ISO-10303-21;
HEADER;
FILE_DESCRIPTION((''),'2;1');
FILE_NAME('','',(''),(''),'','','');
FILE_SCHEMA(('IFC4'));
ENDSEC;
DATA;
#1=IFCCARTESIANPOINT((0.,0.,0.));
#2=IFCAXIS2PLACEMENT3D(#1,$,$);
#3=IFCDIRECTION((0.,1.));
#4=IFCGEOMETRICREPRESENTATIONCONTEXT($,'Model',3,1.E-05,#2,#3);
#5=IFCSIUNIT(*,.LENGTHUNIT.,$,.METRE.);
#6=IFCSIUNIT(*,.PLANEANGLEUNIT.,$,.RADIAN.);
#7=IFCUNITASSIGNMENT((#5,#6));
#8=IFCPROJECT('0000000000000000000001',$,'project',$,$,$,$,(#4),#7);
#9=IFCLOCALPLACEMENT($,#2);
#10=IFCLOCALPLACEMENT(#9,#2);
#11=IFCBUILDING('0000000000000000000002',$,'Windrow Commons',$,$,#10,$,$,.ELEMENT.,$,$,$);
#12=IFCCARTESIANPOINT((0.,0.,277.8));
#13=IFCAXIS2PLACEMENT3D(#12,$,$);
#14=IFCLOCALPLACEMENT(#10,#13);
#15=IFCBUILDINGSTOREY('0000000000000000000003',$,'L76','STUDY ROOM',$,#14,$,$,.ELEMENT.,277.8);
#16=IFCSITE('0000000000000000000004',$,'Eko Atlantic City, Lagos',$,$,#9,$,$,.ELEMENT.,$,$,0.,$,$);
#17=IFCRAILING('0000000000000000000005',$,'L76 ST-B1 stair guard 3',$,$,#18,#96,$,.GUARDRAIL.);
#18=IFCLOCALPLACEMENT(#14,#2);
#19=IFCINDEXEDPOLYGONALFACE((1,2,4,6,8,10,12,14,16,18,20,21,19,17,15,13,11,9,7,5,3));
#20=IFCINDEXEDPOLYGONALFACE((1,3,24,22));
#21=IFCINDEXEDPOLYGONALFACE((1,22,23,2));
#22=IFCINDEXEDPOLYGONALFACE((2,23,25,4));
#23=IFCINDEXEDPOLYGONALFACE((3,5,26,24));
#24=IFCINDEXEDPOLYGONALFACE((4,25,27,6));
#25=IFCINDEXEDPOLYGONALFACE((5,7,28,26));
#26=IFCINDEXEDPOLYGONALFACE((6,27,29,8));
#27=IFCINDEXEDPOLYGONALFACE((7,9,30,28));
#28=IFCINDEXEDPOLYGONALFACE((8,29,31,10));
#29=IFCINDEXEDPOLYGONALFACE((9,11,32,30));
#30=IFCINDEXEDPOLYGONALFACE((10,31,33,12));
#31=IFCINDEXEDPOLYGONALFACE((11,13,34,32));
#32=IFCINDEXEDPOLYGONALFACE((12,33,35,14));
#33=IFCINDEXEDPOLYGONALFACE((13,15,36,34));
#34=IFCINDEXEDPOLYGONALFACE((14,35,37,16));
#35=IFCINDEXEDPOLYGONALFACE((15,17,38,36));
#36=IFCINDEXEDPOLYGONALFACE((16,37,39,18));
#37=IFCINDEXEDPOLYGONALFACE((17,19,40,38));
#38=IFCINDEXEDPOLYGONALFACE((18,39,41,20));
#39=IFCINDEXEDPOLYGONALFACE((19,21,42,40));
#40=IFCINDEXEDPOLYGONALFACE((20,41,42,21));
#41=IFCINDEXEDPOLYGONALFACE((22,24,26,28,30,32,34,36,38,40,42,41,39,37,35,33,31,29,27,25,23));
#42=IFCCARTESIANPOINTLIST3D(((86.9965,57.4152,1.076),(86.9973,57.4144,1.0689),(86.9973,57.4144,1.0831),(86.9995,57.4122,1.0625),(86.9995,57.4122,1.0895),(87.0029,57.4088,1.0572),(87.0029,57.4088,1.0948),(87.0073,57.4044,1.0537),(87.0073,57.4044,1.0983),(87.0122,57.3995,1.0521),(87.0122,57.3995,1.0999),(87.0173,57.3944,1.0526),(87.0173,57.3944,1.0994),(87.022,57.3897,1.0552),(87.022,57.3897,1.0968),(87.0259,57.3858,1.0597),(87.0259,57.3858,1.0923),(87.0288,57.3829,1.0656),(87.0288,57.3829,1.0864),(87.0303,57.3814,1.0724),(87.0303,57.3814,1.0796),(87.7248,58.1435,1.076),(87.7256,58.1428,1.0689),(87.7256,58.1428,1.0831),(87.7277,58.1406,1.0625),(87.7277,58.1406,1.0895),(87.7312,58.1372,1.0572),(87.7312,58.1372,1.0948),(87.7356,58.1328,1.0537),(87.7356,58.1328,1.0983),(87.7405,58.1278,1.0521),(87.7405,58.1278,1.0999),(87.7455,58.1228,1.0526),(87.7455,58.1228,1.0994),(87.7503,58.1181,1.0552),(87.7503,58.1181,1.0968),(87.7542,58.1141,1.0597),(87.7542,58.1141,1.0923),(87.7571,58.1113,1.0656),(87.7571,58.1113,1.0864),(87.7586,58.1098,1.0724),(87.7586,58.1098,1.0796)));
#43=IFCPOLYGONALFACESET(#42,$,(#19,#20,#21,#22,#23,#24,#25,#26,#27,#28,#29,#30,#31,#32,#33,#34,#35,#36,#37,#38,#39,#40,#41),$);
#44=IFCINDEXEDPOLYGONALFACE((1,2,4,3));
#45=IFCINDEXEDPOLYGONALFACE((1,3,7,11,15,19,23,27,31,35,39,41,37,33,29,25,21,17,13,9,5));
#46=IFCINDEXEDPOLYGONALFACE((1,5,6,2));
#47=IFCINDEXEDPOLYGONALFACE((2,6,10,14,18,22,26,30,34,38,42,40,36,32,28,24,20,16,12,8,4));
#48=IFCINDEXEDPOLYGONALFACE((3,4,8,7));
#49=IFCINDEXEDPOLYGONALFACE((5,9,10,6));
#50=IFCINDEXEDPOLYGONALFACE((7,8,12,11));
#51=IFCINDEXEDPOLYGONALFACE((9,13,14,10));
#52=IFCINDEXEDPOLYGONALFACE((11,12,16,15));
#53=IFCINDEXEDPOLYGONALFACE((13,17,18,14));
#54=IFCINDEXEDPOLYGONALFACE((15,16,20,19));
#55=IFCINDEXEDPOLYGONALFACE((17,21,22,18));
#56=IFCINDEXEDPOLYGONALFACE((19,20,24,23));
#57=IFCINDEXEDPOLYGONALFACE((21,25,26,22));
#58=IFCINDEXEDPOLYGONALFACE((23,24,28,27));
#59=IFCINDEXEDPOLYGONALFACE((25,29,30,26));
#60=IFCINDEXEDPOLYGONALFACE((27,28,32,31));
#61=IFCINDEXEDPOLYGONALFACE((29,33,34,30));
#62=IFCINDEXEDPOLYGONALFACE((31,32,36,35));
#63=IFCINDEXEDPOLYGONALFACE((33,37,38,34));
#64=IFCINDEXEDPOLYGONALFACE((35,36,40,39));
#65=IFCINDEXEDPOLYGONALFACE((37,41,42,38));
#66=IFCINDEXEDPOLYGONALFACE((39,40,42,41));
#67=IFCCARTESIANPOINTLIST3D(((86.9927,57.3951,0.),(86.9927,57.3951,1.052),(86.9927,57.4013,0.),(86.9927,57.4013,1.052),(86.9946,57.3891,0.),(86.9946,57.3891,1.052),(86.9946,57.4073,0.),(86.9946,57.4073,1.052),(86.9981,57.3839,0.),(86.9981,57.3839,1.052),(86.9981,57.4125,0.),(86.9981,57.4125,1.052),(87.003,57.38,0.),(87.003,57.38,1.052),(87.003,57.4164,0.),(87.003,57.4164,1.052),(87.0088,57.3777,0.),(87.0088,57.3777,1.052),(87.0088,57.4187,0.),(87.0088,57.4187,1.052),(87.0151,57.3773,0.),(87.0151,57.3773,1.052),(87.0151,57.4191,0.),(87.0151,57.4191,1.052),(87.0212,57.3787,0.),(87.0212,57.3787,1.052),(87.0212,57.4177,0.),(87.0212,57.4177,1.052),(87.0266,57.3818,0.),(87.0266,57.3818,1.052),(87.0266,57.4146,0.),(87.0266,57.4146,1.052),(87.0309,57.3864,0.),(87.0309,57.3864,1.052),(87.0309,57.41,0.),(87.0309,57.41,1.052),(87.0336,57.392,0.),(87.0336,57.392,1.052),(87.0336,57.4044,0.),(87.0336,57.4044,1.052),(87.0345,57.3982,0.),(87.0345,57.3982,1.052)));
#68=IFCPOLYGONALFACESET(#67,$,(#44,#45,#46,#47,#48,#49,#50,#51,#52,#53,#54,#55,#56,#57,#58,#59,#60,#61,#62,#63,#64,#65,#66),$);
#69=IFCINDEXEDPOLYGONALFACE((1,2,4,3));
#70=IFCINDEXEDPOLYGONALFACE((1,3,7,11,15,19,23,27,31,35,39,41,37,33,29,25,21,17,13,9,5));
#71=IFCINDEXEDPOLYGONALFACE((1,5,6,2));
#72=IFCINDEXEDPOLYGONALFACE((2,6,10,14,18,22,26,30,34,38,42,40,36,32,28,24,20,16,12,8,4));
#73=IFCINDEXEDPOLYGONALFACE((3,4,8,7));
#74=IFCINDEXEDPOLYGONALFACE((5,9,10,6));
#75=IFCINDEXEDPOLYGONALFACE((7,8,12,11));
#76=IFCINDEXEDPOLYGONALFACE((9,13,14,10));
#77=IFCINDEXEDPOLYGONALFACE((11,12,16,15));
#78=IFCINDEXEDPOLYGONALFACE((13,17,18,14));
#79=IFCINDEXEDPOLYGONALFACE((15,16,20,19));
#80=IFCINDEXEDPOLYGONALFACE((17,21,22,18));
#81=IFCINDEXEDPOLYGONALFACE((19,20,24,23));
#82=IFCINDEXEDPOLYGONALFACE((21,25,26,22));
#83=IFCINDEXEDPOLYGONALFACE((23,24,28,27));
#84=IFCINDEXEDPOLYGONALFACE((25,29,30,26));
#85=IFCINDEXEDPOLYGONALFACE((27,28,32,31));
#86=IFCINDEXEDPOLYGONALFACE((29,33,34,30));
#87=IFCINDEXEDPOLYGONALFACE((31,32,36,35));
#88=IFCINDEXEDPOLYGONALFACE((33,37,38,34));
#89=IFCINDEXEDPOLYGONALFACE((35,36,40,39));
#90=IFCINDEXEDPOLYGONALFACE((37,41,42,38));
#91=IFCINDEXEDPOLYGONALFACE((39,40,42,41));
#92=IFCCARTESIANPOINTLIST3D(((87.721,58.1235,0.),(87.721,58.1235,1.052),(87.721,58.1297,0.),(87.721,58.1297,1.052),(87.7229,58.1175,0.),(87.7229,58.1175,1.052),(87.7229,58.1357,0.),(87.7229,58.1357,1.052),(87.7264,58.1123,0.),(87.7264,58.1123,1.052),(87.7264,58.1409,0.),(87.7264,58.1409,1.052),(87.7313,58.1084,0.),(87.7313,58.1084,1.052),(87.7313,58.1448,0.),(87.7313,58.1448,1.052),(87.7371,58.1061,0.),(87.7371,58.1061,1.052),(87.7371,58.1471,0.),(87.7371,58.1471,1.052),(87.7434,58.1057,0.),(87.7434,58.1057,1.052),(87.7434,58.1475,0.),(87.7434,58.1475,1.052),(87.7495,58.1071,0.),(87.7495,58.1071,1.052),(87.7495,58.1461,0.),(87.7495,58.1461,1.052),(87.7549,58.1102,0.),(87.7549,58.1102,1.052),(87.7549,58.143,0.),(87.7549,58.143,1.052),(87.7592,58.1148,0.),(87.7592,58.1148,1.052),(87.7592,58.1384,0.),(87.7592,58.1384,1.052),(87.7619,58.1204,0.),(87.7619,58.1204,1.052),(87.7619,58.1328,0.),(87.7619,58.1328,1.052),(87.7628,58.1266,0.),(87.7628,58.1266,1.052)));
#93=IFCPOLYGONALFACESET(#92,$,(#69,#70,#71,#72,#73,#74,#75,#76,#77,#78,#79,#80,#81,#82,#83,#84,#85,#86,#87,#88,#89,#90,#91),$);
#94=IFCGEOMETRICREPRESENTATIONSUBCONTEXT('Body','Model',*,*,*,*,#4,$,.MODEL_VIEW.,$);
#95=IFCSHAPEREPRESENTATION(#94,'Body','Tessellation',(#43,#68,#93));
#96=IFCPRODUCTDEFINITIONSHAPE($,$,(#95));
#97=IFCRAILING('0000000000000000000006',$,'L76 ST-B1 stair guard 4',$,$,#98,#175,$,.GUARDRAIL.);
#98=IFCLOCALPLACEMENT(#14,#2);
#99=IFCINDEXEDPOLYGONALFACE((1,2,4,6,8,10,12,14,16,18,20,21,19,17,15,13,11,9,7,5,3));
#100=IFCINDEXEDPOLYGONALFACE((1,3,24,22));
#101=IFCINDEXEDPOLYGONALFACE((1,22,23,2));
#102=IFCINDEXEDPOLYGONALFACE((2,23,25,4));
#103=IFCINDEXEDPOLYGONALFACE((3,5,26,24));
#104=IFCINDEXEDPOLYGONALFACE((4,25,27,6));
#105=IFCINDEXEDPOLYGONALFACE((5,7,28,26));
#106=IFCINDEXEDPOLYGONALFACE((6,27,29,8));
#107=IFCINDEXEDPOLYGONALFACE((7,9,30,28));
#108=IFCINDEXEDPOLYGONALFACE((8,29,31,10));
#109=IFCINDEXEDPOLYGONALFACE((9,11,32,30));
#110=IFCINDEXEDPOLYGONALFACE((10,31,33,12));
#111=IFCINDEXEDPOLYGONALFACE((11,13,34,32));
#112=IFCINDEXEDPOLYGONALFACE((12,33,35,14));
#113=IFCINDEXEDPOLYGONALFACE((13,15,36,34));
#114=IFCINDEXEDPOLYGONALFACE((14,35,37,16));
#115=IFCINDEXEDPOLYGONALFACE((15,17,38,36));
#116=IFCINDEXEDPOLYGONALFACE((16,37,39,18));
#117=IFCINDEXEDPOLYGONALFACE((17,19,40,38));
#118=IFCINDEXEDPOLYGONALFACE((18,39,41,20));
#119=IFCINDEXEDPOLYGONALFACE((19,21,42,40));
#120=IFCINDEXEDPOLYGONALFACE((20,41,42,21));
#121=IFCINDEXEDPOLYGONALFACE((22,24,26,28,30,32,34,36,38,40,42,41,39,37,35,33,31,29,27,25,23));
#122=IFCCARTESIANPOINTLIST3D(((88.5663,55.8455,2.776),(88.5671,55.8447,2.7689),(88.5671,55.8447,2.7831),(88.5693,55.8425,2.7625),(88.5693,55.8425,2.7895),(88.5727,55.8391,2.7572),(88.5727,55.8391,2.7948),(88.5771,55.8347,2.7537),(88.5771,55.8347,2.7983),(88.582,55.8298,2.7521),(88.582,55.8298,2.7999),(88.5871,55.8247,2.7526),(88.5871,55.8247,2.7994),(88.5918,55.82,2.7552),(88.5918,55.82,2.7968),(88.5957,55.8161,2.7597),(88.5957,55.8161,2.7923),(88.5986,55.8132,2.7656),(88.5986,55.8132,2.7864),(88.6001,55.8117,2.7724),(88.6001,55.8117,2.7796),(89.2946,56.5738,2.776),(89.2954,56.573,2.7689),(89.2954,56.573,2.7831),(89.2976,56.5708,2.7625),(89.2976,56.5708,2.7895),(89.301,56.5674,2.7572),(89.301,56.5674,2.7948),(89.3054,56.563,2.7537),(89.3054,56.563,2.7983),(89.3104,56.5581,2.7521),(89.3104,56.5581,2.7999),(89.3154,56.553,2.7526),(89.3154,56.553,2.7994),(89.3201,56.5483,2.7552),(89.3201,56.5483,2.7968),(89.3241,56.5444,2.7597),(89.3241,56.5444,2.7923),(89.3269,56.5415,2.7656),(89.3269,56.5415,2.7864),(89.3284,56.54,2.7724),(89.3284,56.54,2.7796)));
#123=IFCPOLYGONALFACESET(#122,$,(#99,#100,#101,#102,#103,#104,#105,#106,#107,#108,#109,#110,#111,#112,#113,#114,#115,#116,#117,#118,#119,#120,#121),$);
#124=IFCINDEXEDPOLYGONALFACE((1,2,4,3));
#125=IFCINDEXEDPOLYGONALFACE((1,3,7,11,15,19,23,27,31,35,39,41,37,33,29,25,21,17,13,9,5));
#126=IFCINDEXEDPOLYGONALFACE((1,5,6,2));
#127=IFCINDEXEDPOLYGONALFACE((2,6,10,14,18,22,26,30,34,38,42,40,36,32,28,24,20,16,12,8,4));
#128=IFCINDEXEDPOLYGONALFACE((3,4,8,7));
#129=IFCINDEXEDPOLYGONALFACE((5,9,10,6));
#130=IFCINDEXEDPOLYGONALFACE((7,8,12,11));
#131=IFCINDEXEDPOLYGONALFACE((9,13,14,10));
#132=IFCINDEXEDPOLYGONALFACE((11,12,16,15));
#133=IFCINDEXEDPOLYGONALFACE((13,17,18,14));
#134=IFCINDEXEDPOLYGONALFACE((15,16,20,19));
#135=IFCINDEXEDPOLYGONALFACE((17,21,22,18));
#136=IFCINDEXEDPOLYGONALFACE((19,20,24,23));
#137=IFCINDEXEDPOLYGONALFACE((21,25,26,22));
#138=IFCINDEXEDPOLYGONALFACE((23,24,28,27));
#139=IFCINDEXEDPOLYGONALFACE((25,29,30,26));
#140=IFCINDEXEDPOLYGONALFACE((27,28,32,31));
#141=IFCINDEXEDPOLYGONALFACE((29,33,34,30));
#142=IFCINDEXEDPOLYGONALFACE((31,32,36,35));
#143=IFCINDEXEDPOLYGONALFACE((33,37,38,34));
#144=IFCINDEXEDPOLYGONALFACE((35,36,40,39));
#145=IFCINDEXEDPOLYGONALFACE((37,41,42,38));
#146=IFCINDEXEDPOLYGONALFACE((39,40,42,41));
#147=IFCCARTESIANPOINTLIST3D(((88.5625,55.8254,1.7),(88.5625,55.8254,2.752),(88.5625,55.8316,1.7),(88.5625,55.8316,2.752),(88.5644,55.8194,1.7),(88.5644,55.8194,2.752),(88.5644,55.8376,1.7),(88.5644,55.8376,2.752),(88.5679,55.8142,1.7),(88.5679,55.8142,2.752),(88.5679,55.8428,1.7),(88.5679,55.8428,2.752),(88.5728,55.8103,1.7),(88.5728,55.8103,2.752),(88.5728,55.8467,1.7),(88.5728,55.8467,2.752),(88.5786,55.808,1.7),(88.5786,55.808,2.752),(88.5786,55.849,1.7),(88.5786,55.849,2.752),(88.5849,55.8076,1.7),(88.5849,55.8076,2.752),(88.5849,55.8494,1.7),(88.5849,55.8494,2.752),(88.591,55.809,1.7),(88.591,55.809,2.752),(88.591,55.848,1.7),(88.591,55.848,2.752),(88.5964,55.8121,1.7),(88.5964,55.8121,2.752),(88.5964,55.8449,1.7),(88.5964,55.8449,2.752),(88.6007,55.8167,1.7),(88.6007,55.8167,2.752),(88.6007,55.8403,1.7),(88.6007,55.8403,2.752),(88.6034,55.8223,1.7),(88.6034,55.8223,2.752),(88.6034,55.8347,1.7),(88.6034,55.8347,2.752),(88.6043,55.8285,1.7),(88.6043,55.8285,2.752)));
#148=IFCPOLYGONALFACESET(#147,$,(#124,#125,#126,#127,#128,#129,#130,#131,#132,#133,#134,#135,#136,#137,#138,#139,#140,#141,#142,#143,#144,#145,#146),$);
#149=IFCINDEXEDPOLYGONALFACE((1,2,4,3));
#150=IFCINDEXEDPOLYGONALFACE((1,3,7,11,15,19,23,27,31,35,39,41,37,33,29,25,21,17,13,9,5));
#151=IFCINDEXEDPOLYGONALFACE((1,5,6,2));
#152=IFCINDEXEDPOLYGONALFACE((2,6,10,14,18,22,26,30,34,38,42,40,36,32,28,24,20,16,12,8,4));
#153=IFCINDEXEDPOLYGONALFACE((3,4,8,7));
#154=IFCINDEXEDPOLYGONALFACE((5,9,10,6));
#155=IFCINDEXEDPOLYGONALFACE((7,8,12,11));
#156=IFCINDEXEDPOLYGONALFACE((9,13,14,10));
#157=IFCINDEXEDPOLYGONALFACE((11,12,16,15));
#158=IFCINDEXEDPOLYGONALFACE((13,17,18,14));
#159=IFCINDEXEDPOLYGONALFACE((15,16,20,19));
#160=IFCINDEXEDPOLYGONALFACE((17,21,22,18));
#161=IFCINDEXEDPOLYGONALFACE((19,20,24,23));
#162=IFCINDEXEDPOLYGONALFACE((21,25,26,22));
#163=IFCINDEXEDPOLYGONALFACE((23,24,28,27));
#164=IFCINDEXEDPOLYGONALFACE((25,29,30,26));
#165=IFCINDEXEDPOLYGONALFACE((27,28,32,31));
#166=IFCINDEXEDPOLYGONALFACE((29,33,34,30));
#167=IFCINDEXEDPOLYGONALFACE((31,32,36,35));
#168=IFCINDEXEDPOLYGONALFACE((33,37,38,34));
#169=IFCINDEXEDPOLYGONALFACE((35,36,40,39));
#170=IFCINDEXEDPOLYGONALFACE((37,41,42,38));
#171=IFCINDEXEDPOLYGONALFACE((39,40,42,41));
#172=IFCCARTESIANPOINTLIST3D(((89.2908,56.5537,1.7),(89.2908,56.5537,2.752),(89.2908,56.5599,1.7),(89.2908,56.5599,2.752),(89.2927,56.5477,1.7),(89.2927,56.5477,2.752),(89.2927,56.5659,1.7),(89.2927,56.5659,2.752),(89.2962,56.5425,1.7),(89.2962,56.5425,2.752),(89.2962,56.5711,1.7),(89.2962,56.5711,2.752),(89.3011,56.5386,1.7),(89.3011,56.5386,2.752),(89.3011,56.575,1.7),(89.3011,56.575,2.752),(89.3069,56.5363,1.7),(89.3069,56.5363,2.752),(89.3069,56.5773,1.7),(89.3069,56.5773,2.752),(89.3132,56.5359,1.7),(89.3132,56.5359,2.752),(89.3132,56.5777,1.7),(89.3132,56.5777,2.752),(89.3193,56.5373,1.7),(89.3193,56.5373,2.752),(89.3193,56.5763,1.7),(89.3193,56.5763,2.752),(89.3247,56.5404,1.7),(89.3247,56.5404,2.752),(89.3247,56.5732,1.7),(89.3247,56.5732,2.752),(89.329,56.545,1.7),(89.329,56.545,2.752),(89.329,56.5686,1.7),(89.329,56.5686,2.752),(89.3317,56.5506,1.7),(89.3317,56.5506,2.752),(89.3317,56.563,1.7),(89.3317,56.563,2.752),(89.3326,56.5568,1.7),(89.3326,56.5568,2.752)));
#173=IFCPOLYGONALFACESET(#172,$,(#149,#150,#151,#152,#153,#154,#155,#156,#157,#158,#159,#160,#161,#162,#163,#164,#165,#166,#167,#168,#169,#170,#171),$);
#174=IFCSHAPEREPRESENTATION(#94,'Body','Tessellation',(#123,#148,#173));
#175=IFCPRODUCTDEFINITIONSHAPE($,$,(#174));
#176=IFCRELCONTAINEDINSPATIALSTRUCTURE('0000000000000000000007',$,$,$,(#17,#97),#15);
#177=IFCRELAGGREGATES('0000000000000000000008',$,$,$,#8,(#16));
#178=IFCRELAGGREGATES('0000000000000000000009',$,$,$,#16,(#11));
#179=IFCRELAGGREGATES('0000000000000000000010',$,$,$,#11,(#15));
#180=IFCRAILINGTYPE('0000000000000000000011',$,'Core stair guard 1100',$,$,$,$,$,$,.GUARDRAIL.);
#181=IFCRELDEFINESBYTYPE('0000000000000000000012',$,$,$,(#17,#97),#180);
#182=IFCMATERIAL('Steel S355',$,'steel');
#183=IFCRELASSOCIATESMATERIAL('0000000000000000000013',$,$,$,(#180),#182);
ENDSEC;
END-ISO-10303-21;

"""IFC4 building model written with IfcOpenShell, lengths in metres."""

from ifc_helpers import new_model, si_unit, direction, frame, origin, origin_2d, place, context, subcontext, project, spatial, circle, extrude, material, type_object, element, save


model = new_model("IFC4")

# Units and contexts
model_context = context("Model", 3, precision=1e-05, world=origin(), true_north=direction((0.0, 1.0)))
body_context = subcontext(model_context, "Body", "Model", "MODEL_VIEW")
ifc_project = project(units=[si_unit("LENGTHUNIT", "METRE"), si_unit("PLANEANGLEUNIT", "RADIAN")], contexts=[model_context])

# Site, building, storey
site_placement = place(None, origin())
site = spatial("IfcSite", under=ifc_project, at=site_placement, Name="Eko Atlantic City, Lagos", CompositionType="ELEMENT", RefElevation=0.0)
building_placement = place(site_placement, origin())
building = spatial("IfcBuilding", under=site, at=building_placement, Name="Windrow Commons", CompositionType="ELEMENT")
storey_placement = place(building_placement, frame((0.0, 0.0, 277.8)))
storey = spatial("IfcBuildingStorey", under=building, at=storey_placement, Name="L76", Description="STUDY ROOM", CompositionType="ELEMENT", Elevation=277.8)

# Railings
ifc_material_1 = material(Name="Steel S355", Category="steel")
railing_type_1 = type_object("IfcRailingType", Name="Core stair guard 1100", PredefinedType="GUARDRAIL", material=ifc_material_1)
railing_1_placement = place(storey_placement, frame((87.0135, 57.3982, 0.0)))
element("IfcRailing", 1, at=railing_1_placement, inside=storey, type_object=railing_type_1, Name="L76 ST-B1 stair guard 3", PredefinedType="GUARDRAIL", context=body_context, shape_type="SweptSolid", body=[
    extrude(circle(Radius=0.024, at=origin_2d()), frame((0.0, 0.0, 1.076), z_axis=(0.707058, 0.707155, 0.0), x_axis=(-0.707155, 0.707058, 0.0)), (0.0, 0.0, 1.0), 1.03),
    extrude(circle(Radius=0.021, at=origin_2d()), origin(), (0.0, 0.0, 1.0), 1.052),
    extrude(circle(Radius=0.021, at=origin_2d()), frame((0.7283, 0.7284, 0.0)), (0.0, 0.0, 1.0), 1.052),
])
railing_2_placement = place(storey_placement, frame((88.5833, 55.8285, 1.7)))
element("IfcRailing", 2, at=railing_2_placement, inside=storey, type_object=railing_type_1, Name="L76 ST-B1 stair guard 4", PredefinedType="GUARDRAIL", context=body_context, shape_type="SweptSolid", body=[
    extrude(circle(Radius=0.024, at=origin_2d()), frame((0.0, 0.0, 1.076), z_axis=(0.707107, 0.707107, 0.0), x_axis=(-0.707107, 0.707107, 0.0)), (0.0, 0.0, 1.0), 1.03),
    extrude(circle(Radius=0.021, at=origin_2d()), origin(), (0.0, 0.0, 1.0), 1.052),
    extrude(circle(Radius=0.021, at=origin_2d()), frame((0.7283, 0.7283, 0.0)), (0.0, 0.0, 1.0), 1.052),
])

save(model, "model.ifc")
